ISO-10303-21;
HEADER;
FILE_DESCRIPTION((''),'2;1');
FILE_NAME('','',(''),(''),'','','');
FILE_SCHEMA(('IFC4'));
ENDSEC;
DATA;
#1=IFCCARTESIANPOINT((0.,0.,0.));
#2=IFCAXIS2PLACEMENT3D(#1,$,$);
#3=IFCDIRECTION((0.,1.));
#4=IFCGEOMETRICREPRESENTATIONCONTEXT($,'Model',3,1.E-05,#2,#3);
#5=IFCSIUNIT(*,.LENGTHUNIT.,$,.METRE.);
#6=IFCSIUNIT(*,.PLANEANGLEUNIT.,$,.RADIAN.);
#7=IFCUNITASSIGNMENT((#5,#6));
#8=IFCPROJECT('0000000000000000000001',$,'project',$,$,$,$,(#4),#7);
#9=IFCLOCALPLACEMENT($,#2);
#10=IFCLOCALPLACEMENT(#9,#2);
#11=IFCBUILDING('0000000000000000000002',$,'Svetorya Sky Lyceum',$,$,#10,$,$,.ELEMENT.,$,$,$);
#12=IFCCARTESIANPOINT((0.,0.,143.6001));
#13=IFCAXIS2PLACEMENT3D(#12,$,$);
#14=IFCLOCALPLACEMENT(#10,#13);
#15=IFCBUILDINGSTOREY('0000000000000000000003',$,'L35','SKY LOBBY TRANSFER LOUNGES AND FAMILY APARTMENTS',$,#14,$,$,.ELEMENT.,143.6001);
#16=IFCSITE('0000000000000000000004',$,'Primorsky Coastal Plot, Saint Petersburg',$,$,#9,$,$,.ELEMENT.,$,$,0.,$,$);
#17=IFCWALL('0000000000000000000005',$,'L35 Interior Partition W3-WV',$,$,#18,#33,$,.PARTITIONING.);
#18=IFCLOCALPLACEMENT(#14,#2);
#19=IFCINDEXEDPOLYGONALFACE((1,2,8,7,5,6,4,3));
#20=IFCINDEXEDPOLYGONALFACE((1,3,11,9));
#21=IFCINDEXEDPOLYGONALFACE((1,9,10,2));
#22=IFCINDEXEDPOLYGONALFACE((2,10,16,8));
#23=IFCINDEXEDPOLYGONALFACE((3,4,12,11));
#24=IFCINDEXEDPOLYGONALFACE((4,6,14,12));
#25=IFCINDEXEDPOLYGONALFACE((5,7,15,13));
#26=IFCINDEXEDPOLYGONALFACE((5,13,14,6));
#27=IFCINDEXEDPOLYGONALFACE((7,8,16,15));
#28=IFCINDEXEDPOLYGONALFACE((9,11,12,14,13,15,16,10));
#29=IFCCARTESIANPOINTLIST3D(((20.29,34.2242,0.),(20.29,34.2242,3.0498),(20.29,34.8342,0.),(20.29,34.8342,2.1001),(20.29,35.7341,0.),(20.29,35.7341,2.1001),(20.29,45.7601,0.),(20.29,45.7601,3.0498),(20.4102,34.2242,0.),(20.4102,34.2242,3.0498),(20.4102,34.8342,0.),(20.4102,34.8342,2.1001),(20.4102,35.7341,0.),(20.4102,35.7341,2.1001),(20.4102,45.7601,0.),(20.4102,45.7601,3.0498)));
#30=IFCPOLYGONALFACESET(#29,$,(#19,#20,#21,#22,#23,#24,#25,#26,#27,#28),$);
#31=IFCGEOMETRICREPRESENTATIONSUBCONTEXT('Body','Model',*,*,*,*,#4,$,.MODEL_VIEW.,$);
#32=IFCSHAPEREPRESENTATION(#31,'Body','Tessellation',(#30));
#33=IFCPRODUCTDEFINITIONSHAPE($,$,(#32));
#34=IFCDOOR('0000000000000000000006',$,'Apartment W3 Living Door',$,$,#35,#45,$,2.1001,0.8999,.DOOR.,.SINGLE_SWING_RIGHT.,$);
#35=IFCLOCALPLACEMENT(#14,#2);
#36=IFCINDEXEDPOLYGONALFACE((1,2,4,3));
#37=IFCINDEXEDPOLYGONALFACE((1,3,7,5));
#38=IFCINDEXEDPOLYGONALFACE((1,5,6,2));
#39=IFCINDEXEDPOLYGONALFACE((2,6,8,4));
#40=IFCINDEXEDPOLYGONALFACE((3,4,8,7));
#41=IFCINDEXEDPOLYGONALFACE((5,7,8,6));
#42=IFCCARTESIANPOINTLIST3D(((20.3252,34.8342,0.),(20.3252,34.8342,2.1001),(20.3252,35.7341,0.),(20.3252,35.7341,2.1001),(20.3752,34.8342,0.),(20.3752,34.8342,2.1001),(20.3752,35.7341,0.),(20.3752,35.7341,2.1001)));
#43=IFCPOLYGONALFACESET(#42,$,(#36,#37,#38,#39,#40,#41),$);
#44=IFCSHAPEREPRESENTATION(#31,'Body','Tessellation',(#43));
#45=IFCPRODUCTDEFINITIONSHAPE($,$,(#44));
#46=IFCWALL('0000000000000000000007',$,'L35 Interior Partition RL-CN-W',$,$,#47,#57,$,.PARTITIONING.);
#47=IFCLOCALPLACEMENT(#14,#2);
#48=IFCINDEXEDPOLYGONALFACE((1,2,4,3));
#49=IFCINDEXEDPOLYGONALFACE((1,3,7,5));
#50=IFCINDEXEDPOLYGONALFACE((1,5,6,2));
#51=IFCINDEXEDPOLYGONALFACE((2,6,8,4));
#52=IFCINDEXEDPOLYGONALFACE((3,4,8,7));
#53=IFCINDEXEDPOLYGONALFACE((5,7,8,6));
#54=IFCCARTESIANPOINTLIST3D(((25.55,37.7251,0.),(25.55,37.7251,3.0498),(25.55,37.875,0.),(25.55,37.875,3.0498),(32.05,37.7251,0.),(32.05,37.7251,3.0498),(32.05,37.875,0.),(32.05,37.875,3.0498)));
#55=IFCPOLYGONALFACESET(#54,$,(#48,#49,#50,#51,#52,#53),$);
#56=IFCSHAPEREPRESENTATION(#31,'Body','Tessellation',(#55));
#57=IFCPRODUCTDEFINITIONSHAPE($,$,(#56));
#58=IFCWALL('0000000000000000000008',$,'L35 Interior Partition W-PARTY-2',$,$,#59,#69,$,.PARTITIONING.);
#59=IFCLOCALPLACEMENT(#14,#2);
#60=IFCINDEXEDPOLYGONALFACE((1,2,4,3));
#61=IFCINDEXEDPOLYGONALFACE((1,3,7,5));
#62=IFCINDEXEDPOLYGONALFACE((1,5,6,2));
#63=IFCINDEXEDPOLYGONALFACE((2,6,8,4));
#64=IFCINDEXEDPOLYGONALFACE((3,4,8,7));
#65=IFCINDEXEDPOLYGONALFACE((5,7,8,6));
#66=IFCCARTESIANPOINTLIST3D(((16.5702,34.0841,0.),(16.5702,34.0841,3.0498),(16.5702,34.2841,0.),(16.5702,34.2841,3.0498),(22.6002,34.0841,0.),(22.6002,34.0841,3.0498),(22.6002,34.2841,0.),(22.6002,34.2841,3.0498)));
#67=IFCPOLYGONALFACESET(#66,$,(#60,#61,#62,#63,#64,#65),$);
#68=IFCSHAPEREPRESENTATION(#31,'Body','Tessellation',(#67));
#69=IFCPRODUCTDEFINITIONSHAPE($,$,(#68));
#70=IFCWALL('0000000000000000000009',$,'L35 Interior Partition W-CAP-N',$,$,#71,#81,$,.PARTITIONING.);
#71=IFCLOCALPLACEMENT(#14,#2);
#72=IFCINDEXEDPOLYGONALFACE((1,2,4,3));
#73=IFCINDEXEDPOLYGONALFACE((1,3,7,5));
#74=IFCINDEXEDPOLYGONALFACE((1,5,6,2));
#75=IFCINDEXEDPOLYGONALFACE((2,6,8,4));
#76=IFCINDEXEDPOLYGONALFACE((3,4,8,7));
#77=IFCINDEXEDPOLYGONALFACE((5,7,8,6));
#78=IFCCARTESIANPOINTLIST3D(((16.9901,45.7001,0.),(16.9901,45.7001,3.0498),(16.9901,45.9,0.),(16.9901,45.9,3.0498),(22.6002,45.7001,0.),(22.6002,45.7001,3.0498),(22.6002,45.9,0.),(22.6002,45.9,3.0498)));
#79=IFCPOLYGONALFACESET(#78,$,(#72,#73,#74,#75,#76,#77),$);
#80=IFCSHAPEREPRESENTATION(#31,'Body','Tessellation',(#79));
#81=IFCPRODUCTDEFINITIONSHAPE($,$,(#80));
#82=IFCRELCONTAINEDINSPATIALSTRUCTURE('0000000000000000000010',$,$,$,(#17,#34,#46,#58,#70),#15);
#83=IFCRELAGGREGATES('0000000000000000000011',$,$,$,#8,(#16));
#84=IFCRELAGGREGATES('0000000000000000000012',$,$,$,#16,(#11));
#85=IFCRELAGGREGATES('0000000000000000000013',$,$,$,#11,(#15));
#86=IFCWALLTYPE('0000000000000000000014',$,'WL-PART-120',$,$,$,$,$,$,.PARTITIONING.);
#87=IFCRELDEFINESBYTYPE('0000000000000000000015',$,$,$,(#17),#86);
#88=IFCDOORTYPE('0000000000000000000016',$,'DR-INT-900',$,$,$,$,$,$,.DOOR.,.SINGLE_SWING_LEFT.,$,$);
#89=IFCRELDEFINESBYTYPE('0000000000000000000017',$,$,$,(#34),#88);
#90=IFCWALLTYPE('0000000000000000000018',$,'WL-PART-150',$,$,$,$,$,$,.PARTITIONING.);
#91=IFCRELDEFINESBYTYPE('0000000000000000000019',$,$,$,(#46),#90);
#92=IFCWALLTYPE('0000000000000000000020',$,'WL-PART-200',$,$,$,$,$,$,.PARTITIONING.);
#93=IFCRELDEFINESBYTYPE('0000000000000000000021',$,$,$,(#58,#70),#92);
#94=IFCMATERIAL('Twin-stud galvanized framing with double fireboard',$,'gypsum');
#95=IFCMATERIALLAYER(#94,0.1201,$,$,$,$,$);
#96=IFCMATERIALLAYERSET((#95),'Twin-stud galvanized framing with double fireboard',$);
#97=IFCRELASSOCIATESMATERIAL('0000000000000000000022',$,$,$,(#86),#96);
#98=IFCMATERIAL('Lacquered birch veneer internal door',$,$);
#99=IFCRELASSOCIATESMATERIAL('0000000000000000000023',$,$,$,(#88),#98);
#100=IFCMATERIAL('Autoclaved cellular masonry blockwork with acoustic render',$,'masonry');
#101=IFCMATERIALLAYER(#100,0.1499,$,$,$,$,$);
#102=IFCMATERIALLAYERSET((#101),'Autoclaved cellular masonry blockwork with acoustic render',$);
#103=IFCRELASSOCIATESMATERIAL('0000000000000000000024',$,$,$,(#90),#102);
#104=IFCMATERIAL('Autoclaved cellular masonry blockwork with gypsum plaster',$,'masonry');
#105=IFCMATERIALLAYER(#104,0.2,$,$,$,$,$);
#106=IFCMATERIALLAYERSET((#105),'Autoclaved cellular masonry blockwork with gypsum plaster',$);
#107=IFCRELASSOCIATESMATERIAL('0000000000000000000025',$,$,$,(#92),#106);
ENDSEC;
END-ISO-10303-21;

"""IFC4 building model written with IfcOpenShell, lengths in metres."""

from ifc_helpers import new_model, si_unit, direction, frame, frame_2d, origin, place, context, subcontext, project, spatial, rectangle, extrude, material, layer, layer_set, type_object, element, fill, save


model = new_model("IFC4")

# Units and contexts
model_context = context("Model", 3, precision=1e-05, world=origin(), true_north=direction((0.0, 1.0)))
body_context = subcontext(model_context, "Body", "Model", "MODEL_VIEW")
ifc_project = project(units=[si_unit("LENGTHUNIT", "METRE"), si_unit("PLANEANGLEUNIT", "RADIAN")], contexts=[model_context])

# Site, building, storey
site_placement = place(None, origin())
site = spatial("IfcSite", under=ifc_project, at=site_placement, Name="Primorsky Coastal Plot, Saint Petersburg", CompositionType="ELEMENT", RefElevation=0.0)
building_placement = place(site_placement, origin())
building = spatial("IfcBuilding", under=site, at=building_placement, Name="Svetorya Sky Lyceum", CompositionType="ELEMENT")
storey_placement = place(building_placement, frame((0.0, 0.0, 143.6001)))
storey = spatial("IfcBuildingStorey", under=building, at=storey_placement, Name="L35", Description="SKY LOBBY TRANSFER LOUNGES AND FAMILY APARTMENTS", CompositionType="ELEMENT", Elevation=143.6001)

# Wall, opening, door
ifc_material_1 = material(Name="Twin-stud galvanized framing with double fireboard", Category="gypsum")
ifc_layer_1 = layer(ifc_material_1, 0.1201)
ifc_layer_set_1 = layer_set([ifc_layer_1], Name="Twin-stud galvanized framing with double fireboard")
wall_type_1 = type_object("IfcWallType", Name="WL-PART-120", PredefinedType="PARTITIONING", material=ifc_layer_set_1)
ifc_material_2 = material(Name="Lacquered birch veneer internal door")
door_type_1 = type_object("IfcDoorType", Name="DR-INT-900", OperationType="SINGLE_SWING_LEFT", PredefinedType="DOOR", material=ifc_material_2)
wall_1_placement = place(storey_placement, frame((20.3501, 34.2241, 0.0), z_axis=(0.0, 0.0, 1.0), x_axis=(0.0, 1.0, 0.0)))
wall_1 = element("IfcWall", 1, at=wall_1_placement, inside=storey, type_object=wall_type_1, Name="L35 Interior Partition W3-WV", PredefinedType="PARTITIONING", context=body_context, shape_type="SweptSolid", body=[
    extrude(rectangle(XDim=11.5359, YDim=0.1201, at=frame_2d((5.7681, 0.0))), origin(), (0.0, 0.0, 1.0), 3.0498),
])
opening_1_placement = place(wall_1_placement, frame((0.6101, 0.0, 0.0)))
opening_1 = element("IfcOpeningElement", 2, at=opening_1_placement, cuts=wall_1, PredefinedType="OPENING", context=body_context, shape_type="SweptSolid", body=[
    extrude(rectangle(XDim=0.8999, YDim=2.1001, at=frame_2d((0.45, 1.05))), frame((0.0, 0.0701, 0.0), z_axis=(0.0, -1.0, 0.0), x_axis=(1.0, 0.0, 0.0)), (0.0, 0.0, 1.0), 0.1401),
])
door_1_placement = place(opening_1_placement, origin())
door_1 = element("IfcDoor", 3, at=door_1_placement, inside=storey, type_object=door_type_1, Name="Apartment W3 Living Door", OperationType="SINGLE_SWING_RIGHT", OverallHeight=2.1001, OverallWidth=0.8999, PredefinedType="DOOR", context=body_context, shape_type="SweptSolid", body=[
    extrude(rectangle(XDim=0.8999, YDim=2.1001, at=frame_2d((0.45, 1.05))), frame((0.0, 0.0249, 0.0), z_axis=(0.0, -1.0, 0.0), x_axis=(1.0, 0.0, 0.0)), (0.0, 0.0, 1.0), 0.05),
])
fill(opening_1, door_1)

# Walls
ifc_material_3 = material(Name="Autoclaved cellular masonry blockwork with acoustic render", Category="masonry")
ifc_layer_2 = layer(ifc_material_3, 0.1499)
ifc_layer_set_2 = layer_set([ifc_layer_2], Name="Autoclaved cellular masonry blockwork with acoustic render")
wall_type_2 = type_object("IfcWallType", Name="WL-PART-150", PredefinedType="PARTITIONING", material=ifc_layer_set_2)
wall_2_placement = place(storey_placement, frame((25.55, 37.8, 0.0), z_axis=(0.0, 0.0, 1.0), x_axis=(1.0, 0.0, 0.0)))
element("IfcWall", 4, at=wall_2_placement, inside=storey, type_object=wall_type_2, Name="L35 Interior Partition RL-CN-W", PredefinedType="PARTITIONING", context=body_context, shape_type="SweptSolid", body=[
    extrude(rectangle(XDim=6.5, YDim=0.1499, at=frame_2d((3.25, 0.0))), origin(), (0.0, 0.0, 1.0), 3.0498),
])
ifc_material_4 = material(Name="Autoclaved cellular masonry blockwork with gypsum plaster", Category="masonry")
ifc_layer_3 = layer(ifc_material_4, 0.2)
ifc_layer_set_3 = layer_set([ifc_layer_3], Name="Autoclaved cellular masonry blockwork with gypsum plaster")
wall_type_3 = type_object("IfcWallType", Name="WL-PART-200", PredefinedType="PARTITIONING", material=ifc_layer_set_3)
wall_3_placement = place(storey_placement, frame((16.5701, 34.1841, 0.0), z_axis=(0.0, 0.0, 1.0), x_axis=(1.0, 0.0, 0.0)))
element("IfcWall", 5, at=wall_3_placement, inside=storey, type_object=wall_type_3, Name="L35 Interior Partition W-PARTY-2", PredefinedType="PARTITIONING", context=body_context, shape_type="SweptSolid", body=[
    extrude(rectangle(XDim=6.03, YDim=0.2, at=frame_2d((3.0151, 0.0))), origin(), (0.0, 0.0, 1.0), 3.0498),
])
wall_4_placement = place(storey_placement, frame((16.99, 45.8, 0.0), z_axis=(0.0, 0.0, 1.0), x_axis=(1.0, 0.0, 0.0)))
element("IfcWall", 6, at=wall_4_placement, inside=storey, type_object=wall_type_3, Name="L35 Interior Partition W-CAP-N", PredefinedType="PARTITIONING", context=body_context, shape_type="SweptSolid", body=[
    extrude(rectangle(XDim=5.6101, YDim=0.2, at=frame_2d((2.8052, 0.0))), origin(), (0.0, 0.0, 1.0), 3.0498),
])

save(model, "model.ifc")
